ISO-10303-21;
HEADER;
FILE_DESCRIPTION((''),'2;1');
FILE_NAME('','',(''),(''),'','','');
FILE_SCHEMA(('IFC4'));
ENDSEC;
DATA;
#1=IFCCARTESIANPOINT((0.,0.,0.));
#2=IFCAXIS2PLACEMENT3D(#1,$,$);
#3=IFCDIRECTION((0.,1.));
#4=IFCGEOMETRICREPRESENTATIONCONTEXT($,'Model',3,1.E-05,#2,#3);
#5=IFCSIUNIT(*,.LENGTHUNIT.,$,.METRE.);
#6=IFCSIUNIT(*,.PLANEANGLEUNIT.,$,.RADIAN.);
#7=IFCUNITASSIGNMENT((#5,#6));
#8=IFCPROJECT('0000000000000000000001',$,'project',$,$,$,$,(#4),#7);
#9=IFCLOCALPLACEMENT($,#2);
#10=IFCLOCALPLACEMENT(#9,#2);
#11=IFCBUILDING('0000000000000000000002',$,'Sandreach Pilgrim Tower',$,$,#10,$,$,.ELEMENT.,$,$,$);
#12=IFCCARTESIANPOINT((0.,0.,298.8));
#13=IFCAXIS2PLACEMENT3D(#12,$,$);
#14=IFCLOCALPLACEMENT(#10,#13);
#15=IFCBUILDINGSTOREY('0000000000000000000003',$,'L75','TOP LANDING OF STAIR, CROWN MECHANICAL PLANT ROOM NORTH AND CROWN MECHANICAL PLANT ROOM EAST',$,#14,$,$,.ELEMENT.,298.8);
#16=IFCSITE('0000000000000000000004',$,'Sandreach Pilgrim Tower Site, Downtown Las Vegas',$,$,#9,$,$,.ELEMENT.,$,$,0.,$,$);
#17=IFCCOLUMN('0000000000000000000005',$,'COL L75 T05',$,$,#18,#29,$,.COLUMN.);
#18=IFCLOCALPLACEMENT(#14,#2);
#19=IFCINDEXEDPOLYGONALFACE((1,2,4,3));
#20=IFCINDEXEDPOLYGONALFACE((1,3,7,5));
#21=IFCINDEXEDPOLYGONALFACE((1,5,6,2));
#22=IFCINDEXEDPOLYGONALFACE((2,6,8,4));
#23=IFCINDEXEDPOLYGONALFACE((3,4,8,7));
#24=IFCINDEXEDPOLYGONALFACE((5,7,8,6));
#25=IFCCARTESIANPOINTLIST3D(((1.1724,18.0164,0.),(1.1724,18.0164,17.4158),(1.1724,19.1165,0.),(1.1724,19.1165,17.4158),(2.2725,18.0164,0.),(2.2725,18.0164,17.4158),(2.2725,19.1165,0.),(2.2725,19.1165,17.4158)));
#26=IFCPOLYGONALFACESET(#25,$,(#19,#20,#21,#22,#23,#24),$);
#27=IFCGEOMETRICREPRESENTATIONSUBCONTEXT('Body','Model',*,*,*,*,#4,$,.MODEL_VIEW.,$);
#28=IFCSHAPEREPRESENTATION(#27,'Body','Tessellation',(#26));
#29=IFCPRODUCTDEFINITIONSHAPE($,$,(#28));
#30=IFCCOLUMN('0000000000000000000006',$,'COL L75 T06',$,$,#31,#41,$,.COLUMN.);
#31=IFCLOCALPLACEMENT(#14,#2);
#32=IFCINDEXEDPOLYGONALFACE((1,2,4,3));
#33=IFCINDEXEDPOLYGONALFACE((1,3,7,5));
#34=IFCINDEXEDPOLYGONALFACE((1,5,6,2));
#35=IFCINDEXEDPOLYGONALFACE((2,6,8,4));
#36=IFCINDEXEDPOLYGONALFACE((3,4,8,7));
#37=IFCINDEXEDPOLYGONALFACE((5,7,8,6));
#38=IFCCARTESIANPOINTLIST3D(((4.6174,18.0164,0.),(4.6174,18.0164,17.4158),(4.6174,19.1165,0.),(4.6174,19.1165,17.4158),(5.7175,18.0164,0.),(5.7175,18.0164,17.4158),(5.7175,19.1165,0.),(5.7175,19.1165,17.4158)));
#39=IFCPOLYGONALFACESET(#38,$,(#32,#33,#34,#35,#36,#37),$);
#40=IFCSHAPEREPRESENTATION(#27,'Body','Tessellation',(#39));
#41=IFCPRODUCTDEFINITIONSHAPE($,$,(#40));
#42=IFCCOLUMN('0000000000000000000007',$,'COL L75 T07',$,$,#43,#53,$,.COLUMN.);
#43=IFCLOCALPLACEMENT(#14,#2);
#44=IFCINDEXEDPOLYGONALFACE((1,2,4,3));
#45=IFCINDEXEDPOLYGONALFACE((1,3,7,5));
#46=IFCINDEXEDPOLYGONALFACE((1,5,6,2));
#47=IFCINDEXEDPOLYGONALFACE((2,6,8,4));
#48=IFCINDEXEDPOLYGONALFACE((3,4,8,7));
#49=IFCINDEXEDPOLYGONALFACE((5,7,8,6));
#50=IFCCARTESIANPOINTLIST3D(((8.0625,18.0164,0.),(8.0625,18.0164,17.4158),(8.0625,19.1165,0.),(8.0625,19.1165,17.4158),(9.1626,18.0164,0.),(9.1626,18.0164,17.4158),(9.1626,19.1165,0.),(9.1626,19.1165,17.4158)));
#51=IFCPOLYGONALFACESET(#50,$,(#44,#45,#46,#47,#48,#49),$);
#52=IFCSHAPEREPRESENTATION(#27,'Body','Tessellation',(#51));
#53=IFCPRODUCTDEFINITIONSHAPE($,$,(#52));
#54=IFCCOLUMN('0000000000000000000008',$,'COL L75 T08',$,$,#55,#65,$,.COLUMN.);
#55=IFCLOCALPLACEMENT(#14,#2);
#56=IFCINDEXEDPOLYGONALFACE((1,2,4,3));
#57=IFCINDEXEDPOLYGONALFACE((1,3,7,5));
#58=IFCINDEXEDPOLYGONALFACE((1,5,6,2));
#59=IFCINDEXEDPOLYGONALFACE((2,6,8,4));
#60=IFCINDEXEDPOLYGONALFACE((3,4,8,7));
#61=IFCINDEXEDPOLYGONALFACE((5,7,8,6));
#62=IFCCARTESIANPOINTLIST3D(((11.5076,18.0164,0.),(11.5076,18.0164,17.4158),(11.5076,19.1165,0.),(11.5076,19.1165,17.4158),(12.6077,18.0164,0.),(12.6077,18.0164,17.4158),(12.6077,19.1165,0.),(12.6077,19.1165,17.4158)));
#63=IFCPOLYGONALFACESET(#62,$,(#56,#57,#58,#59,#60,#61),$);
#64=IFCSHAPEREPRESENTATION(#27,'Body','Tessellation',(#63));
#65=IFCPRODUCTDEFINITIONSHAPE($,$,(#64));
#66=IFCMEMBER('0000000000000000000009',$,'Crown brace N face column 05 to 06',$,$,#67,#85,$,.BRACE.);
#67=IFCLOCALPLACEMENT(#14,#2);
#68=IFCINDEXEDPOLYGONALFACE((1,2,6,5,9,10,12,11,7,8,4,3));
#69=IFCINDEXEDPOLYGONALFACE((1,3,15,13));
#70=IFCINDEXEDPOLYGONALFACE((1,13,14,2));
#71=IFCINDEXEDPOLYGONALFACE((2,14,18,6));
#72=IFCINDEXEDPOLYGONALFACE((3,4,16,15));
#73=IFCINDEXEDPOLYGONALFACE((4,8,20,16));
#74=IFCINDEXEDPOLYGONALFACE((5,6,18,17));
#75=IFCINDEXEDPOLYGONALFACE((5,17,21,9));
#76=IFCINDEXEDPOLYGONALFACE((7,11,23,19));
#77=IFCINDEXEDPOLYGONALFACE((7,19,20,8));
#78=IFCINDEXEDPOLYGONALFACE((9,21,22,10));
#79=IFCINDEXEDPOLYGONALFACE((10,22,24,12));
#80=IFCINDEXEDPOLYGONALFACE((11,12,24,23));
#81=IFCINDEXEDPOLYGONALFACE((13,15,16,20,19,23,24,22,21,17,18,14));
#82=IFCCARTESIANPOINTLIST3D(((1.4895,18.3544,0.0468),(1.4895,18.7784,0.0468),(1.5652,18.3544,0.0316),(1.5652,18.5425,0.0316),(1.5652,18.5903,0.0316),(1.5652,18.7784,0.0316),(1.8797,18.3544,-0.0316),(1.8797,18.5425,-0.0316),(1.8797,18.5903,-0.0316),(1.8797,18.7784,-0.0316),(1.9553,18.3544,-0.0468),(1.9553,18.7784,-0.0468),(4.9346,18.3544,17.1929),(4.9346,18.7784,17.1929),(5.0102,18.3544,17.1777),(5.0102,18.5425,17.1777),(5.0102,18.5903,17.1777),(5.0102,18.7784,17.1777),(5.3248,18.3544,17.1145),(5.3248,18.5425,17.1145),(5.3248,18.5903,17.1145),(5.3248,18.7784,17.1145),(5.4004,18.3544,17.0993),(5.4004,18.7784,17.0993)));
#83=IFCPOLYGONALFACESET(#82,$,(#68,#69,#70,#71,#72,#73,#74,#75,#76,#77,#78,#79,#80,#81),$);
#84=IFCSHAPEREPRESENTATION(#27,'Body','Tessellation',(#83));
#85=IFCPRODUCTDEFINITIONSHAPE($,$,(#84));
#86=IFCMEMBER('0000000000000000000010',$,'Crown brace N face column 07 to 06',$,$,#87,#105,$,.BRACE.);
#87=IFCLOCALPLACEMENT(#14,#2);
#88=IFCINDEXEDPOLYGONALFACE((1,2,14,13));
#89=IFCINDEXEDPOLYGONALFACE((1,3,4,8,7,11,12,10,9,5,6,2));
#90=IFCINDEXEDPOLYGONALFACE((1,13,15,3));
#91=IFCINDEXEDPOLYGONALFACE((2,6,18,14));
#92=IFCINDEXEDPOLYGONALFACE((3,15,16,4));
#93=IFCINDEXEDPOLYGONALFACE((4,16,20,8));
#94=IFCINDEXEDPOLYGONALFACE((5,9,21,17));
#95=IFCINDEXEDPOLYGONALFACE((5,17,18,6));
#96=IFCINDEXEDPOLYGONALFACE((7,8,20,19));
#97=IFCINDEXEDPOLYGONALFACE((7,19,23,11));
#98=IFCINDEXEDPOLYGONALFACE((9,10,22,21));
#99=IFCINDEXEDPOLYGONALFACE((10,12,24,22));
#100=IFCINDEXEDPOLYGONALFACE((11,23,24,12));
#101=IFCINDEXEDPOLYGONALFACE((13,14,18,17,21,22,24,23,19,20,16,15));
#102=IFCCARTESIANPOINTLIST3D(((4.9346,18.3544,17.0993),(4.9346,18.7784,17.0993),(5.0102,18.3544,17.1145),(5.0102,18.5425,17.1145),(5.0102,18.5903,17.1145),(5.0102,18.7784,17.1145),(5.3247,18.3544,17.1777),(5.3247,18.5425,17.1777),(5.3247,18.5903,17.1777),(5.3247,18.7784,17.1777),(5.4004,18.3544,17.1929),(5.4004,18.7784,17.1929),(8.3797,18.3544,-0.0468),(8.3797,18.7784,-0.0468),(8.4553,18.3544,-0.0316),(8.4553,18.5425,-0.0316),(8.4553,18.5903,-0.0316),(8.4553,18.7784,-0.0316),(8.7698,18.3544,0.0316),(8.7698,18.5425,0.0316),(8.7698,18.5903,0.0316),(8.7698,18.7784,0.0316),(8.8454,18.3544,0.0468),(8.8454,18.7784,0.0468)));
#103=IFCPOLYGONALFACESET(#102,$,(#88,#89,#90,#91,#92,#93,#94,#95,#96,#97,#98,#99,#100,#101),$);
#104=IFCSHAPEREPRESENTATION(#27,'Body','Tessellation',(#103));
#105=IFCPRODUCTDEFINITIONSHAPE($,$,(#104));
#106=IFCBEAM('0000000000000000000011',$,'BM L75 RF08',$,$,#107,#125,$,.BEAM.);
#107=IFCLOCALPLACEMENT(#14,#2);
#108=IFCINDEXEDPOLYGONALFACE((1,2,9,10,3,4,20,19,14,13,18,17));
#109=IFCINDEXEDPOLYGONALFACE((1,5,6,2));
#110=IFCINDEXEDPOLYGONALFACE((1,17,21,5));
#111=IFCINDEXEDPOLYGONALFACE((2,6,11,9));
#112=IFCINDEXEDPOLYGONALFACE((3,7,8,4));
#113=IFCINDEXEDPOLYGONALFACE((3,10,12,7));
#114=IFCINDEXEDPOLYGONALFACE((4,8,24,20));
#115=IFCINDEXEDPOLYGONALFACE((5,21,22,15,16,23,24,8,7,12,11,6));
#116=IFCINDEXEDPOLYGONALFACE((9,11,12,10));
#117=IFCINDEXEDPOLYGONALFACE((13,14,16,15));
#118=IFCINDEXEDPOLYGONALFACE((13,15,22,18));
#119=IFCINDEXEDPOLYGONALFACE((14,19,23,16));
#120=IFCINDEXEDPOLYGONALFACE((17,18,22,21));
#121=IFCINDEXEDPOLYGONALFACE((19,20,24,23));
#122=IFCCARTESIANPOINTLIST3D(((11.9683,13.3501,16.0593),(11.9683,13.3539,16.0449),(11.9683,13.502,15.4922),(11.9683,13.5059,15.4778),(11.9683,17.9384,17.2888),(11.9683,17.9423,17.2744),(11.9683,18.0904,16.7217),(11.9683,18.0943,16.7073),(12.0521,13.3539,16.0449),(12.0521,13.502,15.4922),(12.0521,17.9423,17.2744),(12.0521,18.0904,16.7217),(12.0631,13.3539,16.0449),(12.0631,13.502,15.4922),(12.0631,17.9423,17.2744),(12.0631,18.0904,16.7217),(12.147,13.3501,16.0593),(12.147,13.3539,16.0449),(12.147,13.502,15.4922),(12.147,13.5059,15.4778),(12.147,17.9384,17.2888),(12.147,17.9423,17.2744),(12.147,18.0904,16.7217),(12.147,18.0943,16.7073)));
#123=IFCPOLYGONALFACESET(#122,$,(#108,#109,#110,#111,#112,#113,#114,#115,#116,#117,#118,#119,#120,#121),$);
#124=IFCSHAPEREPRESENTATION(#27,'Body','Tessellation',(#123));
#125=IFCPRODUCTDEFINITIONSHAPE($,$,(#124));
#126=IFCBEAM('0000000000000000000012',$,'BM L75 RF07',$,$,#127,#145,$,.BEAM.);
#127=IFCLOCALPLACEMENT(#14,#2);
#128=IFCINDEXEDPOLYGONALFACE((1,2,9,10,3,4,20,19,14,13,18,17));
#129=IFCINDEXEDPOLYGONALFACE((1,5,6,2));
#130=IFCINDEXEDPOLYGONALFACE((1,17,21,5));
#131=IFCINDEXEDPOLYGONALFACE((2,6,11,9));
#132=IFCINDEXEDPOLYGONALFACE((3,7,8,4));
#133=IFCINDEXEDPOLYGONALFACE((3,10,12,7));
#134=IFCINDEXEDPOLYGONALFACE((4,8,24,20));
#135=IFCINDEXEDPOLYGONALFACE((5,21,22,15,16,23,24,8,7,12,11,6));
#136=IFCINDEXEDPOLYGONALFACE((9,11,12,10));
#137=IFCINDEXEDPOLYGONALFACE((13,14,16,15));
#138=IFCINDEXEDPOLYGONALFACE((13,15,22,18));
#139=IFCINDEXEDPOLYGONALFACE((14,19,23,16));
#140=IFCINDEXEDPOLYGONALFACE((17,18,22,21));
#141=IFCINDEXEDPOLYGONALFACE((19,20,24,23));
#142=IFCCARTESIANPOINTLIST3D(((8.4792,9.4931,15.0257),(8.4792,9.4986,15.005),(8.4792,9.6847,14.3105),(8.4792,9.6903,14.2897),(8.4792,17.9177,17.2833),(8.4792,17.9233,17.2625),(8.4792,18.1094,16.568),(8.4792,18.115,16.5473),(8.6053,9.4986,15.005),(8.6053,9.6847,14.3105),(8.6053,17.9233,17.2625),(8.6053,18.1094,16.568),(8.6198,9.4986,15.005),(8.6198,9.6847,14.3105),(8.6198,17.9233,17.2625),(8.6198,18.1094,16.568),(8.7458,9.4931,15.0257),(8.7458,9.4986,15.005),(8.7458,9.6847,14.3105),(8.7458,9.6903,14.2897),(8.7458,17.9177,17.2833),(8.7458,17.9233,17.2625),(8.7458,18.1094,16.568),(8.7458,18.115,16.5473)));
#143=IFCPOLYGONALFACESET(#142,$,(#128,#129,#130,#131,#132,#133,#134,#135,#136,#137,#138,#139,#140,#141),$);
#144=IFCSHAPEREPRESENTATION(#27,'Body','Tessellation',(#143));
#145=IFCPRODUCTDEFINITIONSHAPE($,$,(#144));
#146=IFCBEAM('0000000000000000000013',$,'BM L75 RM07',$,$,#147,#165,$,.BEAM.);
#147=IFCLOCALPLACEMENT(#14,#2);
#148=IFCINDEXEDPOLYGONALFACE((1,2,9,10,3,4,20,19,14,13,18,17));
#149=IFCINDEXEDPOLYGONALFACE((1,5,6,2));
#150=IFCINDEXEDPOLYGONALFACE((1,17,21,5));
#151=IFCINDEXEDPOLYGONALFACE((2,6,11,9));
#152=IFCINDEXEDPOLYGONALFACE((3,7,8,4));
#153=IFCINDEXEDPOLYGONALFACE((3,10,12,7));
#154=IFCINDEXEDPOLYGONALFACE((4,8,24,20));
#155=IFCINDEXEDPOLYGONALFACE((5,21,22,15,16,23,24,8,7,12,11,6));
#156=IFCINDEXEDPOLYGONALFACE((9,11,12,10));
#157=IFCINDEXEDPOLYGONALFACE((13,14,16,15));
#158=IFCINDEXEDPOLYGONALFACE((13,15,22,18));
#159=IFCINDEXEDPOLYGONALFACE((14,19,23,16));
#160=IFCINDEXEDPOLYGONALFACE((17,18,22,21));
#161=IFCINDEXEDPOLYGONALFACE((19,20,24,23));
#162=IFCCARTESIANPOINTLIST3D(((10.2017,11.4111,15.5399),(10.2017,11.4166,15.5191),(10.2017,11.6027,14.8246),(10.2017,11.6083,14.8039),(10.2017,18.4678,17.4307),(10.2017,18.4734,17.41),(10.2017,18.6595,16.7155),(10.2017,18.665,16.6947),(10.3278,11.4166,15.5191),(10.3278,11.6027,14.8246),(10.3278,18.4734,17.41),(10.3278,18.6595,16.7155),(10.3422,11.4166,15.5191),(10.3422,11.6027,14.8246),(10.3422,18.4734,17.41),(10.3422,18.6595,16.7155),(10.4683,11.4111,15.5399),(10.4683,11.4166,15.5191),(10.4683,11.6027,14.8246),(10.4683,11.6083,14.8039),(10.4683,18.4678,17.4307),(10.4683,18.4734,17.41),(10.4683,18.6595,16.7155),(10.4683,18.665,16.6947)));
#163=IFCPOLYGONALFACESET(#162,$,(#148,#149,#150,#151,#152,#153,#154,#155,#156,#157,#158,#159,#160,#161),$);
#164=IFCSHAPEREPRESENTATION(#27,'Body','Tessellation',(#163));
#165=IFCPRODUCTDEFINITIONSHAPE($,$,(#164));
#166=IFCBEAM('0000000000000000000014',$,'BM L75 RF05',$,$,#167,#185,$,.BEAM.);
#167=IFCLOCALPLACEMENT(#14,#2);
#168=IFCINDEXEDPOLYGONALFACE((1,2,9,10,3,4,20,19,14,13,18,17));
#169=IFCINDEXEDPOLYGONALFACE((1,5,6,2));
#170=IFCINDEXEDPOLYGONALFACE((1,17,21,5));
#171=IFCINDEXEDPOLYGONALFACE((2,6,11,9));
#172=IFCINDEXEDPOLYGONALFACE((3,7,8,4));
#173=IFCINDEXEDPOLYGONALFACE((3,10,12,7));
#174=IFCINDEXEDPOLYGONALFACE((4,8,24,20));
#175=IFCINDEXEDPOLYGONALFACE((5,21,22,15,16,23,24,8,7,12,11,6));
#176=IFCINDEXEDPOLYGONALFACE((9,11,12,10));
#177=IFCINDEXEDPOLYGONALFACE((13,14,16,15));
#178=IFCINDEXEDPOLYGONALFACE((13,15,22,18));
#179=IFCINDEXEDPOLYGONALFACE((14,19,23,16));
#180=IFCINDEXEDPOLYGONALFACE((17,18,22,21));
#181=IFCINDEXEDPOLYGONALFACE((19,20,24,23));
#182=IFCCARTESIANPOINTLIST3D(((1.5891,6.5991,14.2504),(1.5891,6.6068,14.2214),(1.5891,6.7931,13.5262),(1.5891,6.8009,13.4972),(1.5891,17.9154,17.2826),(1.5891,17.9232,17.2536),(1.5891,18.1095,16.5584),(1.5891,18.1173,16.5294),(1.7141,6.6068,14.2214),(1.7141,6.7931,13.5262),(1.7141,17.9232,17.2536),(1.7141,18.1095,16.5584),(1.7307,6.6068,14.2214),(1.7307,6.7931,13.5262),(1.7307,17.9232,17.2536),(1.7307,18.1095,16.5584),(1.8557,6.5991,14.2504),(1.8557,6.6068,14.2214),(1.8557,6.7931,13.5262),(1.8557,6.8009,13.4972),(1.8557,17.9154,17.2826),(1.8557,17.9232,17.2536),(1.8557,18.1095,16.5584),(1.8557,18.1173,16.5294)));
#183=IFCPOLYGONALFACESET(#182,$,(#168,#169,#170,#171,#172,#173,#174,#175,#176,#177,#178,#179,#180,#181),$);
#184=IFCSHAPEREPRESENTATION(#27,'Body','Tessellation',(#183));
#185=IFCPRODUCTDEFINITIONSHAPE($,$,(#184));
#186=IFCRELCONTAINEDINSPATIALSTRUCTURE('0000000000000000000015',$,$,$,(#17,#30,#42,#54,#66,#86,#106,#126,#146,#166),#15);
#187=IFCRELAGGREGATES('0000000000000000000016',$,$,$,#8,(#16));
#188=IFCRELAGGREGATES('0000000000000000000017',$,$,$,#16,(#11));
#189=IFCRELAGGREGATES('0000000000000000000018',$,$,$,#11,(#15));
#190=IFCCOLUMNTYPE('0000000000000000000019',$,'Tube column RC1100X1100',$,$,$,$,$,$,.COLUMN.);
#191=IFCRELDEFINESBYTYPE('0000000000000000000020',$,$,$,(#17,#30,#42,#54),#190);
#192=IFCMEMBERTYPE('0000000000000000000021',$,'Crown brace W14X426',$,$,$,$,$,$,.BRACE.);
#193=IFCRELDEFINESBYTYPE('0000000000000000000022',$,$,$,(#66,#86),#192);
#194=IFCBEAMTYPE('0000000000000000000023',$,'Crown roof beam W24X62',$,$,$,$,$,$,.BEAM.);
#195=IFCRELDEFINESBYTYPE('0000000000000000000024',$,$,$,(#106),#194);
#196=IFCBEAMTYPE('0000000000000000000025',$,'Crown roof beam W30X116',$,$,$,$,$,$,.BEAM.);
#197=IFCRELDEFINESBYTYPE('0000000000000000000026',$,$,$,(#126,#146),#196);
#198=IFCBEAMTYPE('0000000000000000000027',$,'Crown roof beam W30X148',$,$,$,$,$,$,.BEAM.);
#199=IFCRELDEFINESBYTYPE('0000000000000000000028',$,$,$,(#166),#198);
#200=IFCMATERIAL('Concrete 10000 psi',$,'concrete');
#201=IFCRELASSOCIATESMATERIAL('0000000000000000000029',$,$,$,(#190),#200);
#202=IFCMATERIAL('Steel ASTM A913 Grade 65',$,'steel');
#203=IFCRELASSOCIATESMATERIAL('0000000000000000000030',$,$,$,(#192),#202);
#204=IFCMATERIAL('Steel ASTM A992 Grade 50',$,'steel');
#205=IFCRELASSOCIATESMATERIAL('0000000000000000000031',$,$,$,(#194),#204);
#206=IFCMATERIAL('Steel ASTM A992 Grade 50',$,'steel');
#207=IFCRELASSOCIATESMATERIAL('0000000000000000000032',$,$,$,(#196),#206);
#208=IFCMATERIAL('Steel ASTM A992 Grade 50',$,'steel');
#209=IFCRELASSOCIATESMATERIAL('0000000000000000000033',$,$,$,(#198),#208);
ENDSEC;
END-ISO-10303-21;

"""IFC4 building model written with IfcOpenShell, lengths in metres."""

from ifc_helpers import new_model, si_unit, direction, frame, origin, origin_2d, place, context, subcontext, project, spatial, rectangle, i_section, extrude, material, material_profile, profile_set, type_object, element, save


model = new_model("IFC4")

# Units and contexts
model_context = context("Model", 3, precision=1e-05, world=origin(), true_north=direction((0.0, 1.0)))
body_context = subcontext(model_context, "Body", "Model", "MODEL_VIEW")
ifc_project = project(units=[si_unit("LENGTHUNIT", "METRE"), si_unit("PLANEANGLEUNIT", "RADIAN")], contexts=[model_context])

# Site, building, storey
site_placement = place(None, origin())
site = spatial("IfcSite", under=ifc_project, at=site_placement, Name="Sandreach Pilgrim Tower Site, Downtown Las Vegas", CompositionType="ELEMENT", RefElevation=0.0)
building_placement = place(site_placement, origin())
building = spatial("IfcBuilding", under=site, at=building_placement, Name="Sandreach Pilgrim Tower", CompositionType="ELEMENT")
storey_placement = place(building_placement, frame((0.0, 0.0, 298.8)))
storey = spatial("IfcBuildingStorey", under=building, at=storey_placement, Name="L75", Description="TOP LANDING OF STAIR, CROWN MECHANICAL PLANT ROOM NORTH AND CROWN MECHANICAL PLANT ROOM EAST", CompositionType="ELEMENT", Elevation=298.8)

# Columns
ifc_material_1 = material(Name="Concrete 10000 psi", Category="concrete")
ifc_material_profile_1 = material_profile(ifc_material_1, rectangle(XDim=1.1001, YDim=1.1001, at=origin_2d()), Name="RC1100X1100")
ifc_profile_set_1 = profile_set([ifc_material_profile_1], Name="Concrete 10000 psi")
column_type = type_object("IfcColumnType", Name="Tube column RC1100X1100", PredefinedType="COLUMN", material=ifc_profile_set_1)
for number, where, z_axis, x_axis, name in (
    (1, (1.7224, 18.5664, 0.0), (0.0, 0.0, 1.0), (0.0, 1.0, 0.0), "COL L75 T05"),
    (2, (5.1675, 18.5664, 0.0), (0.0, 0.0, 1.0), (0.0, 1.0, 0.0), "COL L75 T06"),
    (3, (8.6125, 18.5664, 0.0), (0.0, 0.0, 1.0), (0.0, 1.0, 0.0), "COL L75 T07"),
    (4, (12.0576, 18.5664, 0.0), (0.0, 0.0, 1.0), (0.0, 1.0, 0.0), "COL L75 T08"),
):
    element("IfcColumn", number, at=place(storey_placement, frame(where, z_axis=z_axis, x_axis=x_axis)), inside=storey, type_object=column_type, Name=name, PredefinedType="COLUMN", context=body_context, shape_type="SweptSolid", body=[
        extrude(rectangle(XDim=1.1001, YDim=1.1001, at=origin_2d()), origin(), (0.0, 0.0, 1.0), 17.4158),
    ])

# Members
ifc_material_2 = material(Name="Steel ASTM A913 Grade 65", Category="steel")
ifc_material_profile_2 = material_profile(ifc_material_2, i_section(OverallWidth=0.4241, OverallDepth=0.4751, WebThickness=0.0479, FlangeThickness=0.0771, at=origin_2d()), Name="W14X426")
ifc_profile_set_2 = profile_set([ifc_material_profile_2], Name="Steel ASTM A913 Grade 65")
member_type = type_object("IfcMemberType", Name="Crown brace W14X426", PredefinedType="BRACE", material=ifc_profile_set_2)
for number, where, z_axis, x_axis, name in (
    (5, (1.7224, 18.5664, 0.0), (0.196989, 0.0, 0.980406), (0.0, 1.0, 0.0), "Crown brace N face column 05 to 06"),
    (6, (8.6125, 18.5664, 0.0), (-0.196989, 0.0, 0.980406), (0.0, -1.0, 0.0), "Crown brace N face column 07 to 06"),
):
    element("IfcMember", number, at=place(storey_placement, frame(where, z_axis=z_axis, x_axis=x_axis)), inside=storey, type_object=member_type, Name=name, PredefinedType="BRACE", context=body_context, shape_type="SweptSolid", body=[
        extrude(i_section(OverallWidth=0.4241, OverallDepth=0.4751, WebThickness=0.0479, FlangeThickness=0.0771, at=origin_2d()), origin(), (0.0, 0.0, 1.0), 17.4888),
    ])

# Beams
ifc_material_3 = material(Name="Steel ASTM A992 Grade 50", Category="steel")
ifc_material_profile_3 = material_profile(ifc_material_3, i_section(OverallWidth=0.1787, OverallDepth=0.6021, WebThickness=0.011, FlangeThickness=0.0149, at=origin_2d()), Name="W24X62")
ifc_profile_set_3 = profile_set([ifc_material_profile_3], Name="Steel ASTM A992 Grade 50")
beam_type_1 = type_object("IfcBeamType", Name="Crown roof beam W24X62", PredefinedType="BEAM", material=ifc_profile_set_3)
beam_1_placement = place(storey_placement, frame((12.0576, 18.0164, 16.998), z_axis=(0.0, -0.965924, -0.258827), x_axis=(1.0, 0.0, 0.0)))
element("IfcBeam", 7, at=beam_1_placement, inside=storey, type_object=beam_type_1, Name="BM L75 RF08", PredefinedType="BEAM", context=body_context, shape_type="SweptSolid", body=[
    extrude(i_section(OverallWidth=0.1787, OverallDepth=0.6021, WebThickness=0.011, FlangeThickness=0.0149, at=origin_2d()), origin(), (0.0, 0.0, 1.0), 4.7502),
])
ifc_material_4 = material(Name="Steel ASTM A992 Grade 50", Category="steel")
ifc_material_profile_4 = material_profile(ifc_material_4, i_section(OverallWidth=0.2666, OverallDepth=0.762, WebThickness=0.0144, FlangeThickness=0.0215, at=origin_2d()), Name="W30X116")
ifc_profile_set_4 = profile_set([ifc_material_profile_4], Name="Steel ASTM A992 Grade 50")
beam_type_2 = type_object("IfcBeamType", Name="Crown roof beam W30X116", PredefinedType="BEAM", material=ifc_profile_set_4)
beam_2_placement = place(storey_placement, frame((8.6125, 18.0164, 16.9153), z_axis=(0.0, -0.965922, -0.258835), x_axis=(1.0, 0.0, 0.0)))
element("IfcBeam", 8, at=beam_2_placement, inside=storey, type_object=beam_type_2, Name="BM L75 RF07", PredefinedType="BEAM", context=body_context, shape_type="SweptSolid", body=[
    extrude(i_section(OverallWidth=0.2666, OverallDepth=0.762, WebThickness=0.0144, FlangeThickness=0.0215, at=origin_2d()), origin(), (0.0, 0.0, 1.0), 8.7219),
])
beam_3_placement = place(storey_placement, frame((10.335, 18.5664, 17.0627), z_axis=(0.0, -0.965924, -0.258825), x_axis=(1.0, 0.0, 0.0)))
element("IfcBeam", 9, at=beam_3_placement, inside=storey, type_object=beam_type_2, Name="BM L75 RM07", PredefinedType="BEAM", context=body_context, shape_type="SweptSolid", body=[
    extrude(i_section(OverallWidth=0.2666, OverallDepth=0.762, WebThickness=0.0144, FlangeThickness=0.0215, at=origin_2d()), origin(), (0.0, 0.0, 1.0), 7.3057),
])
ifc_material_5 = material(Name="Steel ASTM A992 Grade 50", Category="steel")
ifc_material_profile_5 = material_profile(ifc_material_5, i_section(OverallWidth=0.2666, OverallDepth=0.7798, WebThickness=0.0166, FlangeThickness=0.03, at=origin_2d()), Name="W30X148")
ifc_profile_set_5 = profile_set([ifc_material_profile_5], Name="Steel ASTM A992 Grade 50")
beam_type_3 = type_object("IfcBeamType", Name="Crown roof beam W30X148", PredefinedType="BEAM", material=ifc_profile_set_5)
for number, where, z_axis, x_axis, name in (
    (10, (1.7224, 18.0164, 16.906), (0.0, -0.965926, -0.258819), (1.0, 0.0, 0.0), "BM L75 RF05"),
):
    element("IfcBeam", number, at=place(storey_placement, frame(where, z_axis=z_axis, x_axis=x_axis)), inside=storey, type_object=beam_type_3, Name=name, PredefinedType="BEAM", context=body_context, shape_type="SweptSolid", body=[
        extrude(i_section(OverallWidth=0.2666, OverallDepth=0.7798, WebThickness=0.0166, FlangeThickness=0.03, at=origin_2d()), origin(), (0.0, 0.0, 1.0), 11.7156),
    ])

save(model, "model.ifc")
